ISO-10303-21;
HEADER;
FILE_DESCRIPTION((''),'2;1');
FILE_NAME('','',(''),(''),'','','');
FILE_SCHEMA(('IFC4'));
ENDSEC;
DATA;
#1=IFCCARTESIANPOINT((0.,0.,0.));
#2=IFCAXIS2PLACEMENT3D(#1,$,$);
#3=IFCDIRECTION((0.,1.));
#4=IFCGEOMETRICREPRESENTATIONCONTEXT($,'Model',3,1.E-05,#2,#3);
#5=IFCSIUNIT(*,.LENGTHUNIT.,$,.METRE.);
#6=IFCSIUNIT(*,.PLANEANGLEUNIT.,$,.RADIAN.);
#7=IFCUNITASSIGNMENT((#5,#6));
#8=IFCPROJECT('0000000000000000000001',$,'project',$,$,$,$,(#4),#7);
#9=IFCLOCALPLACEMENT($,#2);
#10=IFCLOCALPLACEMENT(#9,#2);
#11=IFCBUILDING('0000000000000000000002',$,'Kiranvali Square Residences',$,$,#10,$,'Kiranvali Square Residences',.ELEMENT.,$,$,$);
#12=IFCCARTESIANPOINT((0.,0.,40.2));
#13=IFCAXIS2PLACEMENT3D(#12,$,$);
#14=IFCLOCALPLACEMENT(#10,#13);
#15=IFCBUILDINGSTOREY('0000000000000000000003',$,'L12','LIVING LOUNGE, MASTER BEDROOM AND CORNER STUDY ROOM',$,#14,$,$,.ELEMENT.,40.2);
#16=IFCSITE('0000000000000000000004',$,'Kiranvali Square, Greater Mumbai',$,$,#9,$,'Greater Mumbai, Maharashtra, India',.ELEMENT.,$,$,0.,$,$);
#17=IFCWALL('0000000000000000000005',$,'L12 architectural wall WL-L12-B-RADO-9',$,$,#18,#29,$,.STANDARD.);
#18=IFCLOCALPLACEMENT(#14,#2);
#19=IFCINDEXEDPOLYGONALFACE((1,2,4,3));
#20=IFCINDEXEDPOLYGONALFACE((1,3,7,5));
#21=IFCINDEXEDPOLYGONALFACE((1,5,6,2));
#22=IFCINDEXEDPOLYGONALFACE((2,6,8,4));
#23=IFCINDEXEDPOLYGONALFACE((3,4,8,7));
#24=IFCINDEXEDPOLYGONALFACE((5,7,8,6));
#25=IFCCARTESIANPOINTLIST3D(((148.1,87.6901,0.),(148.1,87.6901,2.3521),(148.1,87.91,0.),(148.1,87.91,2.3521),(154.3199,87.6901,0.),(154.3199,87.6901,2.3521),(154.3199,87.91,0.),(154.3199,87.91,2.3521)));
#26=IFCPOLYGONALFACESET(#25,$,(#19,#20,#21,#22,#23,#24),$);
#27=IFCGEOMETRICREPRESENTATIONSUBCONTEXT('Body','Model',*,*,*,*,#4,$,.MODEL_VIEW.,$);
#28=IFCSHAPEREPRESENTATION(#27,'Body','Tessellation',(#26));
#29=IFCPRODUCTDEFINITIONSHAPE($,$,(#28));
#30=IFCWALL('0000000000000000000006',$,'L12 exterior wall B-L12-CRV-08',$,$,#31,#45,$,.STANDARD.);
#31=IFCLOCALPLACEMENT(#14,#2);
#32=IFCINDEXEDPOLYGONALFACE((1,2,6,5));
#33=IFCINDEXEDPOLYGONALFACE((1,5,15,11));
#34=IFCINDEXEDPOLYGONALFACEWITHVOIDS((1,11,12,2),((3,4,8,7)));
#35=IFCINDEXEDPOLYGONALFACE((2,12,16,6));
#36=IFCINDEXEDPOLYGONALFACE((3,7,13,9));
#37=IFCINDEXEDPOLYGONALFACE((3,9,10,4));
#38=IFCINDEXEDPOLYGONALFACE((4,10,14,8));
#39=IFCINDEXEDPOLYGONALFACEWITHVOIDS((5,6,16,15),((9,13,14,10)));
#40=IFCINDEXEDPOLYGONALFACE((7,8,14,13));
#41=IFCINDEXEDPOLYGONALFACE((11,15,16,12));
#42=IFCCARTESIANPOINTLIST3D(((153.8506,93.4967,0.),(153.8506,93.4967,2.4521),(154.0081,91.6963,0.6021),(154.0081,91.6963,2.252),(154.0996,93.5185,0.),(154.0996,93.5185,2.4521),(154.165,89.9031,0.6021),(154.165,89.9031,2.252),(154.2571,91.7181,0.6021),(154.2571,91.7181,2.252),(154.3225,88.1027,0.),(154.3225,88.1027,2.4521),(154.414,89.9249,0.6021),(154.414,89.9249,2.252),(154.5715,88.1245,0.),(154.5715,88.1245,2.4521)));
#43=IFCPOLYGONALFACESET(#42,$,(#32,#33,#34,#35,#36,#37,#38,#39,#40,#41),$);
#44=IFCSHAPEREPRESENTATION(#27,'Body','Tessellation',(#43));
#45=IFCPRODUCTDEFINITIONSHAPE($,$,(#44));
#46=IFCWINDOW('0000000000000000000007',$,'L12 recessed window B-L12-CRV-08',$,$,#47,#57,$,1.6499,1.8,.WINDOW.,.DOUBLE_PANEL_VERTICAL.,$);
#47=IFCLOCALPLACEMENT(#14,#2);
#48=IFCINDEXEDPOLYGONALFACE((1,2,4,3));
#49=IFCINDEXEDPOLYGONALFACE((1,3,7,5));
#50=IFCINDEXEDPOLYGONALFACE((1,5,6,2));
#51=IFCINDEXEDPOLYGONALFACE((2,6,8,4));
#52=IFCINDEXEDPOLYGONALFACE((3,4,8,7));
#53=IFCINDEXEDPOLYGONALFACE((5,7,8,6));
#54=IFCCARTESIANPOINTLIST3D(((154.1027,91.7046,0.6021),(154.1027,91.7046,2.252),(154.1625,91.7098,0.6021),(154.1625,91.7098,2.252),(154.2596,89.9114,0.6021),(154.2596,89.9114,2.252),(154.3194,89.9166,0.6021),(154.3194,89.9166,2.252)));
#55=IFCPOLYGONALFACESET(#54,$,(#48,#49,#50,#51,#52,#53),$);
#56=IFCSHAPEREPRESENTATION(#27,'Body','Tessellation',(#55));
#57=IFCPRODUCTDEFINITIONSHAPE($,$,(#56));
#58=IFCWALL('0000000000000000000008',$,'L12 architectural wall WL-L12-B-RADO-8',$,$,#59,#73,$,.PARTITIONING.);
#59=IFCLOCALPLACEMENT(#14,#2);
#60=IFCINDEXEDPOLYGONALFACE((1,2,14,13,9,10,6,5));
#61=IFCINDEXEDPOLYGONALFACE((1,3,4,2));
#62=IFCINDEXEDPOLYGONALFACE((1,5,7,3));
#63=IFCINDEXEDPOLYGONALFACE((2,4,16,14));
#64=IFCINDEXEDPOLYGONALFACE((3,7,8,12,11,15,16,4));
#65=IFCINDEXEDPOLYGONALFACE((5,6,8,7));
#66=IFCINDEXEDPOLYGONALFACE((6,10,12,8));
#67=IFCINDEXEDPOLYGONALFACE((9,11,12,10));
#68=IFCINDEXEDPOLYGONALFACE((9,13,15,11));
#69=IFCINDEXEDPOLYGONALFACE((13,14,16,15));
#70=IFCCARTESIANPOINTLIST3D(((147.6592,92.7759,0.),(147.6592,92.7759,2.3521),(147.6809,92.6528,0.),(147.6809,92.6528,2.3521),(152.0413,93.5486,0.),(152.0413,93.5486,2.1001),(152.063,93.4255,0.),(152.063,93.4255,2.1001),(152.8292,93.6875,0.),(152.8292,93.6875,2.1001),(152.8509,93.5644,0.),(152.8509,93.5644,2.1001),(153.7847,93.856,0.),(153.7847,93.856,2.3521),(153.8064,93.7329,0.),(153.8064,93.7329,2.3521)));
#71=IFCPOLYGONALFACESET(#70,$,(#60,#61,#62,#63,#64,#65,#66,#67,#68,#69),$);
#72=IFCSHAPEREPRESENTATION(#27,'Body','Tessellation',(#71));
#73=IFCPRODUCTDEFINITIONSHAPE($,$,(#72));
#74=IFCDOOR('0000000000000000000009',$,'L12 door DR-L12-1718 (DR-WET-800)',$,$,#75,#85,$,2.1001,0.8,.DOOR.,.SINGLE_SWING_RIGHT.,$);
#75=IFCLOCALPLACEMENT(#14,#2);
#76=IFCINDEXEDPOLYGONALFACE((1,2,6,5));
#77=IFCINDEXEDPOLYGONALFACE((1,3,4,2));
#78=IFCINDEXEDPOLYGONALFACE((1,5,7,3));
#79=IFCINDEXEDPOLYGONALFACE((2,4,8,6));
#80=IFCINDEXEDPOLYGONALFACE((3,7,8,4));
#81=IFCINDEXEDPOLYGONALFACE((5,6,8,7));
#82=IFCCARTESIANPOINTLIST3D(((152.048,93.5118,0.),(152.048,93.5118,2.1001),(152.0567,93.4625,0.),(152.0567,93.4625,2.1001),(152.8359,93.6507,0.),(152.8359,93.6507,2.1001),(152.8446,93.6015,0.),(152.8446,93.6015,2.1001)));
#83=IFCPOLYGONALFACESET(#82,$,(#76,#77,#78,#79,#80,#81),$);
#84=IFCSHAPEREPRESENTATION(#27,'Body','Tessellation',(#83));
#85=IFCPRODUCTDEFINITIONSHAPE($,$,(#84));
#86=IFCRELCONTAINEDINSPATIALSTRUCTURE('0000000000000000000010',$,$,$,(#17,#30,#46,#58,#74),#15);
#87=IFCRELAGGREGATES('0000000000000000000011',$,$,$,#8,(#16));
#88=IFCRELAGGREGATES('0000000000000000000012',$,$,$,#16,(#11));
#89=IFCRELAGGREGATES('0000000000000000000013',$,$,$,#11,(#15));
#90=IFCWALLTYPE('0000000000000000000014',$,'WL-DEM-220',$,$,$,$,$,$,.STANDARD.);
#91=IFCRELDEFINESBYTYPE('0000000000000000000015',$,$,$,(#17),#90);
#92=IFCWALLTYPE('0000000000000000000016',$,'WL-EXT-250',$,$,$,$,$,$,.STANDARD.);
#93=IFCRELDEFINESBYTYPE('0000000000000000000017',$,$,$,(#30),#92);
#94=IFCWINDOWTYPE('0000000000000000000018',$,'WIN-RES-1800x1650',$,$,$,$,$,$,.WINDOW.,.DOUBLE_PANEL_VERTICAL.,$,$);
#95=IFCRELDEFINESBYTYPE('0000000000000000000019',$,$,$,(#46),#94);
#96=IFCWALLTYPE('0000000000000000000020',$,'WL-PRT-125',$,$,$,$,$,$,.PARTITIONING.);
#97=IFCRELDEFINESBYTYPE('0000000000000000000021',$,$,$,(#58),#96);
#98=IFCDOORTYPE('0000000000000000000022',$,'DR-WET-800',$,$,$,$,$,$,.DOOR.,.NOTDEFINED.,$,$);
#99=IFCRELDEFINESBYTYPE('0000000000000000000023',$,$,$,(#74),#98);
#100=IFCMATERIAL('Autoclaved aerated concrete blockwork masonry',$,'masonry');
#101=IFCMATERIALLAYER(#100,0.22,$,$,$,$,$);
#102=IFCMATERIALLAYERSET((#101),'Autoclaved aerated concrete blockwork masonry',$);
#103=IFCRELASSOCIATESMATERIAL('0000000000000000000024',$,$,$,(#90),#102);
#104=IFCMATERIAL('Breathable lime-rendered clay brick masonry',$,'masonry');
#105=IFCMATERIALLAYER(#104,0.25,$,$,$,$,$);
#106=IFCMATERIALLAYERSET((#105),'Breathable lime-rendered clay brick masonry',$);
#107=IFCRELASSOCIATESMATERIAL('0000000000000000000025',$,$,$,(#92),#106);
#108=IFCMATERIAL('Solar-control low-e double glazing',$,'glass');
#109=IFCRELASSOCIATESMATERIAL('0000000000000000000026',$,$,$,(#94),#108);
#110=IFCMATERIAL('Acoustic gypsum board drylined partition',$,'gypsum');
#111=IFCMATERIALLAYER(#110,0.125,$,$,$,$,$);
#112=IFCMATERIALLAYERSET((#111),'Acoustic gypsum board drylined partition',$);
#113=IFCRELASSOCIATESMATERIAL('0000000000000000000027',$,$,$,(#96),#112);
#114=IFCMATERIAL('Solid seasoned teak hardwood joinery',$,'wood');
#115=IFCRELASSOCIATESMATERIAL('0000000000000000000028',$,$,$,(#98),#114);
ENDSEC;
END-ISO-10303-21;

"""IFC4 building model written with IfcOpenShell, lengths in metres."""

from ifc_helpers import new_model, si_unit, direction, frame, frame_2d, origin, place, context, subcontext, project, spatial, rectangle, extrude, material, layer, layer_set, type_object, element, fill, save


model = new_model("IFC4")

# Units and contexts
model_context = context("Model", 3, precision=1e-05, world=origin(), true_north=direction((0.0, 1.0)))
body_context = subcontext(model_context, "Body", "Model", "MODEL_VIEW")
ifc_project = project(units=[si_unit("LENGTHUNIT", "METRE"), si_unit("PLANEANGLEUNIT", "RADIAN")], contexts=[model_context])

# Site, building, storey
site_placement = place(None, origin())
site = spatial("IfcSite", under=ifc_project, at=site_placement, Name="Kiranvali Square, Greater Mumbai", LongName="Greater Mumbai, Maharashtra, India", CompositionType="ELEMENT", RefElevation=0.0)
building_placement = place(site_placement, origin())
building = spatial("IfcBuilding", under=site, at=building_placement, Name="Kiranvali Square Residences", LongName="Kiranvali Square Residences", CompositionType="ELEMENT")
storey_placement = place(building_placement, frame((0.0, 0.0, 40.2)))
storey = spatial("IfcBuildingStorey", under=building, at=storey_placement, Name="L12", Description="LIVING LOUNGE, MASTER BEDROOM AND CORNER STUDY ROOM", CompositionType="ELEMENT", Elevation=40.2)

# Wall
ifc_material_1 = material(Name="Autoclaved aerated concrete blockwork masonry", Category="masonry")
ifc_layer_1 = layer(ifc_material_1, 0.22)
ifc_layer_set_1 = layer_set([ifc_layer_1], Name="Autoclaved aerated concrete blockwork masonry")
wall_type_1 = type_object("IfcWallType", Name="WL-DEM-220", PredefinedType="STANDARD", material=ifc_layer_set_1)
wall_1_placement = place(storey_placement, frame((148.1001, 87.8, 0.0), z_axis=(0.0, 0.0, 1.0), x_axis=(1.0, 0.0, 0.0)))
element("IfcWall", 1, at=wall_1_placement, inside=storey, type_object=wall_type_1, Name="L12 architectural wall WL-L12-B-RADO-9", PredefinedType="STANDARD", context=body_context, shape_type="SweptSolid", body=[
    extrude(rectangle(XDim=6.22, YDim=0.22, at=frame_2d((3.1099, 0.0))), origin(), (0.0, 0.0, 1.0), 2.3521),
])

# Wall, opening, window
ifc_material_2 = material(Name="Breathable lime-rendered clay brick masonry", Category="masonry")
ifc_layer_2 = layer(ifc_material_2, 0.25)
ifc_layer_set_2 = layer_set([ifc_layer_2], Name="Breathable lime-rendered clay brick masonry")
wall_type_2 = type_object("IfcWallType", Name="WL-EXT-250", PredefinedType="STANDARD", material=ifc_layer_set_2)
wall_2_placement = place(storey_placement, frame((153.9751, 93.5076, 0.0), z_axis=(0.0, 0.0, 1.0), x_axis=(0.087157, -0.996195, 0.0)))
wall_2 = element("IfcWall", 2, at=wall_2_placement, inside=storey, type_object=wall_type_2, Name="L12 exterior wall B-L12-CRV-08", PredefinedType="STANDARD", context=body_context, shape_type="SweptSolid", body=[
    extrude(rectangle(XDim=5.4146, YDim=0.25, at=frame_2d((2.7073, 0.0))), origin(), (0.0, 0.0, 1.0), 2.4521),
])
opening_1_placement = place(wall_2_placement, frame((1.8074, 0.0, 0.6021)))
opening_1 = element("IfcOpeningElement", 3, at=opening_1_placement, cuts=wall_2, PredefinedType="OPENING", context=body_context, shape_type="SweptSolid", body=[
    extrude(rectangle(XDim=1.8, YDim=1.6499, at=frame_2d((0.8999, 0.825))), frame((0.0, 0.135, 0.0), z_axis=(0.0, -1.0, 0.0), x_axis=(1.0, 0.0, 0.0)), (0.0, 0.0, 1.0), 0.27),
])
ifc_material_3 = material(Name="Solar-control low-e double glazing", Category="glass")
window_type = type_object("IfcWindowType", Name="WIN-RES-1800x1650", PartitioningType="DOUBLE_PANEL_VERTICAL", PredefinedType="WINDOW", material=ifc_material_3)
window_placement = place(opening_1_placement, origin())
window = element("IfcWindow", 4, at=window_placement, inside=storey, type_object=window_type, Name="L12 recessed window B-L12-CRV-08", OverallHeight=1.6499, OverallWidth=1.8, PartitioningType="DOUBLE_PANEL_VERTICAL", PredefinedType="WINDOW", context=body_context, shape_type="SweptSolid", body=[
    extrude(rectangle(XDim=1.8, YDim=1.6499, at=frame_2d((0.8999, 0.825))), frame((0.0, 0.03, 0.0), z_axis=(0.0, -1.0, 0.0), x_axis=(1.0, 0.0, 0.0)), (0.0, 0.0, 1.0), 0.0601),
])
fill(opening_1, window)

# Wall, opening, door
ifc_material_4 = material(Name="Acoustic gypsum board drylined partition", Category="gypsum")
ifc_layer_3 = layer(ifc_material_4, 0.125)
ifc_layer_set_3 = layer_set([ifc_layer_3], Name="Acoustic gypsum board drylined partition")
wall_type_3 = type_object("IfcWallType", Name="WL-PRT-125", PredefinedType="PARTITIONING", material=ifc_layer_set_3)
wall_3_placement = place(storey_placement, frame((147.6702, 92.7144, 0.0), z_axis=(0.0, 0.0, 1.0), x_axis=(0.984808, 0.173647, 0.0)))
wall_3 = element("IfcWall", 5, at=wall_3_placement, inside=storey, type_object=wall_type_3, Name="L12 architectural wall WL-L12-B-RADO-8", PredefinedType="PARTITIONING", context=body_context, shape_type="SweptSolid", body=[
    extrude(rectangle(XDim=6.22, YDim=0.125, at=frame_2d((3.1099, 0.0))), origin(), (0.0, 0.0, 1.0), 2.3521),
])
opening_2_placement = place(wall_3_placement, frame((4.4497, 0.0, 0.0)))
opening_2 = element("IfcOpeningElement", 6, at=opening_2_placement, cuts=wall_3, PredefinedType="OPENING", context=body_context, shape_type="SweptSolid", body=[
    extrude(rectangle(XDim=0.8, YDim=2.1001, at=frame_2d((0.3999, 1.05))), frame((0.0, 0.0725, 0.0), z_axis=(0.0, -1.0, 0.0), x_axis=(1.0, 0.0, 0.0)), (0.0, 0.0, 1.0), 0.145),
])
ifc_material_5 = material(Name="Solid seasoned teak hardwood joinery", Category="wood")
door_type = type_object("IfcDoorType", Name="DR-WET-800", OperationType="NOTDEFINED", PredefinedType="DOOR", material=ifc_material_5)
door_placement = place(opening_2_placement, frame((0.8, 0.0, 0.0), z_axis=(0.0, 0.0, 1.0), x_axis=(-1.0, 0.0, 0.0)))
door = element("IfcDoor", 7, at=door_placement, inside=storey, type_object=door_type, Name="L12 door DR-L12-1718 (DR-WET-800)", OperationType="SINGLE_SWING_RIGHT", OverallHeight=2.1001, OverallWidth=0.8, PredefinedType="DOOR", context=body_context, shape_type="SweptSolid", body=[
    extrude(rectangle(XDim=0.8, YDim=2.1001, at=frame_2d((0.3999, 1.05))), frame((0.0, 0.0249, 0.0), z_axis=(0.0, -1.0, 0.0), x_axis=(1.0, 0.0, 0.0)), (0.0, 0.0, 1.0), 0.05),
])
fill(opening_2, door)

save(model, "model.ifc")
